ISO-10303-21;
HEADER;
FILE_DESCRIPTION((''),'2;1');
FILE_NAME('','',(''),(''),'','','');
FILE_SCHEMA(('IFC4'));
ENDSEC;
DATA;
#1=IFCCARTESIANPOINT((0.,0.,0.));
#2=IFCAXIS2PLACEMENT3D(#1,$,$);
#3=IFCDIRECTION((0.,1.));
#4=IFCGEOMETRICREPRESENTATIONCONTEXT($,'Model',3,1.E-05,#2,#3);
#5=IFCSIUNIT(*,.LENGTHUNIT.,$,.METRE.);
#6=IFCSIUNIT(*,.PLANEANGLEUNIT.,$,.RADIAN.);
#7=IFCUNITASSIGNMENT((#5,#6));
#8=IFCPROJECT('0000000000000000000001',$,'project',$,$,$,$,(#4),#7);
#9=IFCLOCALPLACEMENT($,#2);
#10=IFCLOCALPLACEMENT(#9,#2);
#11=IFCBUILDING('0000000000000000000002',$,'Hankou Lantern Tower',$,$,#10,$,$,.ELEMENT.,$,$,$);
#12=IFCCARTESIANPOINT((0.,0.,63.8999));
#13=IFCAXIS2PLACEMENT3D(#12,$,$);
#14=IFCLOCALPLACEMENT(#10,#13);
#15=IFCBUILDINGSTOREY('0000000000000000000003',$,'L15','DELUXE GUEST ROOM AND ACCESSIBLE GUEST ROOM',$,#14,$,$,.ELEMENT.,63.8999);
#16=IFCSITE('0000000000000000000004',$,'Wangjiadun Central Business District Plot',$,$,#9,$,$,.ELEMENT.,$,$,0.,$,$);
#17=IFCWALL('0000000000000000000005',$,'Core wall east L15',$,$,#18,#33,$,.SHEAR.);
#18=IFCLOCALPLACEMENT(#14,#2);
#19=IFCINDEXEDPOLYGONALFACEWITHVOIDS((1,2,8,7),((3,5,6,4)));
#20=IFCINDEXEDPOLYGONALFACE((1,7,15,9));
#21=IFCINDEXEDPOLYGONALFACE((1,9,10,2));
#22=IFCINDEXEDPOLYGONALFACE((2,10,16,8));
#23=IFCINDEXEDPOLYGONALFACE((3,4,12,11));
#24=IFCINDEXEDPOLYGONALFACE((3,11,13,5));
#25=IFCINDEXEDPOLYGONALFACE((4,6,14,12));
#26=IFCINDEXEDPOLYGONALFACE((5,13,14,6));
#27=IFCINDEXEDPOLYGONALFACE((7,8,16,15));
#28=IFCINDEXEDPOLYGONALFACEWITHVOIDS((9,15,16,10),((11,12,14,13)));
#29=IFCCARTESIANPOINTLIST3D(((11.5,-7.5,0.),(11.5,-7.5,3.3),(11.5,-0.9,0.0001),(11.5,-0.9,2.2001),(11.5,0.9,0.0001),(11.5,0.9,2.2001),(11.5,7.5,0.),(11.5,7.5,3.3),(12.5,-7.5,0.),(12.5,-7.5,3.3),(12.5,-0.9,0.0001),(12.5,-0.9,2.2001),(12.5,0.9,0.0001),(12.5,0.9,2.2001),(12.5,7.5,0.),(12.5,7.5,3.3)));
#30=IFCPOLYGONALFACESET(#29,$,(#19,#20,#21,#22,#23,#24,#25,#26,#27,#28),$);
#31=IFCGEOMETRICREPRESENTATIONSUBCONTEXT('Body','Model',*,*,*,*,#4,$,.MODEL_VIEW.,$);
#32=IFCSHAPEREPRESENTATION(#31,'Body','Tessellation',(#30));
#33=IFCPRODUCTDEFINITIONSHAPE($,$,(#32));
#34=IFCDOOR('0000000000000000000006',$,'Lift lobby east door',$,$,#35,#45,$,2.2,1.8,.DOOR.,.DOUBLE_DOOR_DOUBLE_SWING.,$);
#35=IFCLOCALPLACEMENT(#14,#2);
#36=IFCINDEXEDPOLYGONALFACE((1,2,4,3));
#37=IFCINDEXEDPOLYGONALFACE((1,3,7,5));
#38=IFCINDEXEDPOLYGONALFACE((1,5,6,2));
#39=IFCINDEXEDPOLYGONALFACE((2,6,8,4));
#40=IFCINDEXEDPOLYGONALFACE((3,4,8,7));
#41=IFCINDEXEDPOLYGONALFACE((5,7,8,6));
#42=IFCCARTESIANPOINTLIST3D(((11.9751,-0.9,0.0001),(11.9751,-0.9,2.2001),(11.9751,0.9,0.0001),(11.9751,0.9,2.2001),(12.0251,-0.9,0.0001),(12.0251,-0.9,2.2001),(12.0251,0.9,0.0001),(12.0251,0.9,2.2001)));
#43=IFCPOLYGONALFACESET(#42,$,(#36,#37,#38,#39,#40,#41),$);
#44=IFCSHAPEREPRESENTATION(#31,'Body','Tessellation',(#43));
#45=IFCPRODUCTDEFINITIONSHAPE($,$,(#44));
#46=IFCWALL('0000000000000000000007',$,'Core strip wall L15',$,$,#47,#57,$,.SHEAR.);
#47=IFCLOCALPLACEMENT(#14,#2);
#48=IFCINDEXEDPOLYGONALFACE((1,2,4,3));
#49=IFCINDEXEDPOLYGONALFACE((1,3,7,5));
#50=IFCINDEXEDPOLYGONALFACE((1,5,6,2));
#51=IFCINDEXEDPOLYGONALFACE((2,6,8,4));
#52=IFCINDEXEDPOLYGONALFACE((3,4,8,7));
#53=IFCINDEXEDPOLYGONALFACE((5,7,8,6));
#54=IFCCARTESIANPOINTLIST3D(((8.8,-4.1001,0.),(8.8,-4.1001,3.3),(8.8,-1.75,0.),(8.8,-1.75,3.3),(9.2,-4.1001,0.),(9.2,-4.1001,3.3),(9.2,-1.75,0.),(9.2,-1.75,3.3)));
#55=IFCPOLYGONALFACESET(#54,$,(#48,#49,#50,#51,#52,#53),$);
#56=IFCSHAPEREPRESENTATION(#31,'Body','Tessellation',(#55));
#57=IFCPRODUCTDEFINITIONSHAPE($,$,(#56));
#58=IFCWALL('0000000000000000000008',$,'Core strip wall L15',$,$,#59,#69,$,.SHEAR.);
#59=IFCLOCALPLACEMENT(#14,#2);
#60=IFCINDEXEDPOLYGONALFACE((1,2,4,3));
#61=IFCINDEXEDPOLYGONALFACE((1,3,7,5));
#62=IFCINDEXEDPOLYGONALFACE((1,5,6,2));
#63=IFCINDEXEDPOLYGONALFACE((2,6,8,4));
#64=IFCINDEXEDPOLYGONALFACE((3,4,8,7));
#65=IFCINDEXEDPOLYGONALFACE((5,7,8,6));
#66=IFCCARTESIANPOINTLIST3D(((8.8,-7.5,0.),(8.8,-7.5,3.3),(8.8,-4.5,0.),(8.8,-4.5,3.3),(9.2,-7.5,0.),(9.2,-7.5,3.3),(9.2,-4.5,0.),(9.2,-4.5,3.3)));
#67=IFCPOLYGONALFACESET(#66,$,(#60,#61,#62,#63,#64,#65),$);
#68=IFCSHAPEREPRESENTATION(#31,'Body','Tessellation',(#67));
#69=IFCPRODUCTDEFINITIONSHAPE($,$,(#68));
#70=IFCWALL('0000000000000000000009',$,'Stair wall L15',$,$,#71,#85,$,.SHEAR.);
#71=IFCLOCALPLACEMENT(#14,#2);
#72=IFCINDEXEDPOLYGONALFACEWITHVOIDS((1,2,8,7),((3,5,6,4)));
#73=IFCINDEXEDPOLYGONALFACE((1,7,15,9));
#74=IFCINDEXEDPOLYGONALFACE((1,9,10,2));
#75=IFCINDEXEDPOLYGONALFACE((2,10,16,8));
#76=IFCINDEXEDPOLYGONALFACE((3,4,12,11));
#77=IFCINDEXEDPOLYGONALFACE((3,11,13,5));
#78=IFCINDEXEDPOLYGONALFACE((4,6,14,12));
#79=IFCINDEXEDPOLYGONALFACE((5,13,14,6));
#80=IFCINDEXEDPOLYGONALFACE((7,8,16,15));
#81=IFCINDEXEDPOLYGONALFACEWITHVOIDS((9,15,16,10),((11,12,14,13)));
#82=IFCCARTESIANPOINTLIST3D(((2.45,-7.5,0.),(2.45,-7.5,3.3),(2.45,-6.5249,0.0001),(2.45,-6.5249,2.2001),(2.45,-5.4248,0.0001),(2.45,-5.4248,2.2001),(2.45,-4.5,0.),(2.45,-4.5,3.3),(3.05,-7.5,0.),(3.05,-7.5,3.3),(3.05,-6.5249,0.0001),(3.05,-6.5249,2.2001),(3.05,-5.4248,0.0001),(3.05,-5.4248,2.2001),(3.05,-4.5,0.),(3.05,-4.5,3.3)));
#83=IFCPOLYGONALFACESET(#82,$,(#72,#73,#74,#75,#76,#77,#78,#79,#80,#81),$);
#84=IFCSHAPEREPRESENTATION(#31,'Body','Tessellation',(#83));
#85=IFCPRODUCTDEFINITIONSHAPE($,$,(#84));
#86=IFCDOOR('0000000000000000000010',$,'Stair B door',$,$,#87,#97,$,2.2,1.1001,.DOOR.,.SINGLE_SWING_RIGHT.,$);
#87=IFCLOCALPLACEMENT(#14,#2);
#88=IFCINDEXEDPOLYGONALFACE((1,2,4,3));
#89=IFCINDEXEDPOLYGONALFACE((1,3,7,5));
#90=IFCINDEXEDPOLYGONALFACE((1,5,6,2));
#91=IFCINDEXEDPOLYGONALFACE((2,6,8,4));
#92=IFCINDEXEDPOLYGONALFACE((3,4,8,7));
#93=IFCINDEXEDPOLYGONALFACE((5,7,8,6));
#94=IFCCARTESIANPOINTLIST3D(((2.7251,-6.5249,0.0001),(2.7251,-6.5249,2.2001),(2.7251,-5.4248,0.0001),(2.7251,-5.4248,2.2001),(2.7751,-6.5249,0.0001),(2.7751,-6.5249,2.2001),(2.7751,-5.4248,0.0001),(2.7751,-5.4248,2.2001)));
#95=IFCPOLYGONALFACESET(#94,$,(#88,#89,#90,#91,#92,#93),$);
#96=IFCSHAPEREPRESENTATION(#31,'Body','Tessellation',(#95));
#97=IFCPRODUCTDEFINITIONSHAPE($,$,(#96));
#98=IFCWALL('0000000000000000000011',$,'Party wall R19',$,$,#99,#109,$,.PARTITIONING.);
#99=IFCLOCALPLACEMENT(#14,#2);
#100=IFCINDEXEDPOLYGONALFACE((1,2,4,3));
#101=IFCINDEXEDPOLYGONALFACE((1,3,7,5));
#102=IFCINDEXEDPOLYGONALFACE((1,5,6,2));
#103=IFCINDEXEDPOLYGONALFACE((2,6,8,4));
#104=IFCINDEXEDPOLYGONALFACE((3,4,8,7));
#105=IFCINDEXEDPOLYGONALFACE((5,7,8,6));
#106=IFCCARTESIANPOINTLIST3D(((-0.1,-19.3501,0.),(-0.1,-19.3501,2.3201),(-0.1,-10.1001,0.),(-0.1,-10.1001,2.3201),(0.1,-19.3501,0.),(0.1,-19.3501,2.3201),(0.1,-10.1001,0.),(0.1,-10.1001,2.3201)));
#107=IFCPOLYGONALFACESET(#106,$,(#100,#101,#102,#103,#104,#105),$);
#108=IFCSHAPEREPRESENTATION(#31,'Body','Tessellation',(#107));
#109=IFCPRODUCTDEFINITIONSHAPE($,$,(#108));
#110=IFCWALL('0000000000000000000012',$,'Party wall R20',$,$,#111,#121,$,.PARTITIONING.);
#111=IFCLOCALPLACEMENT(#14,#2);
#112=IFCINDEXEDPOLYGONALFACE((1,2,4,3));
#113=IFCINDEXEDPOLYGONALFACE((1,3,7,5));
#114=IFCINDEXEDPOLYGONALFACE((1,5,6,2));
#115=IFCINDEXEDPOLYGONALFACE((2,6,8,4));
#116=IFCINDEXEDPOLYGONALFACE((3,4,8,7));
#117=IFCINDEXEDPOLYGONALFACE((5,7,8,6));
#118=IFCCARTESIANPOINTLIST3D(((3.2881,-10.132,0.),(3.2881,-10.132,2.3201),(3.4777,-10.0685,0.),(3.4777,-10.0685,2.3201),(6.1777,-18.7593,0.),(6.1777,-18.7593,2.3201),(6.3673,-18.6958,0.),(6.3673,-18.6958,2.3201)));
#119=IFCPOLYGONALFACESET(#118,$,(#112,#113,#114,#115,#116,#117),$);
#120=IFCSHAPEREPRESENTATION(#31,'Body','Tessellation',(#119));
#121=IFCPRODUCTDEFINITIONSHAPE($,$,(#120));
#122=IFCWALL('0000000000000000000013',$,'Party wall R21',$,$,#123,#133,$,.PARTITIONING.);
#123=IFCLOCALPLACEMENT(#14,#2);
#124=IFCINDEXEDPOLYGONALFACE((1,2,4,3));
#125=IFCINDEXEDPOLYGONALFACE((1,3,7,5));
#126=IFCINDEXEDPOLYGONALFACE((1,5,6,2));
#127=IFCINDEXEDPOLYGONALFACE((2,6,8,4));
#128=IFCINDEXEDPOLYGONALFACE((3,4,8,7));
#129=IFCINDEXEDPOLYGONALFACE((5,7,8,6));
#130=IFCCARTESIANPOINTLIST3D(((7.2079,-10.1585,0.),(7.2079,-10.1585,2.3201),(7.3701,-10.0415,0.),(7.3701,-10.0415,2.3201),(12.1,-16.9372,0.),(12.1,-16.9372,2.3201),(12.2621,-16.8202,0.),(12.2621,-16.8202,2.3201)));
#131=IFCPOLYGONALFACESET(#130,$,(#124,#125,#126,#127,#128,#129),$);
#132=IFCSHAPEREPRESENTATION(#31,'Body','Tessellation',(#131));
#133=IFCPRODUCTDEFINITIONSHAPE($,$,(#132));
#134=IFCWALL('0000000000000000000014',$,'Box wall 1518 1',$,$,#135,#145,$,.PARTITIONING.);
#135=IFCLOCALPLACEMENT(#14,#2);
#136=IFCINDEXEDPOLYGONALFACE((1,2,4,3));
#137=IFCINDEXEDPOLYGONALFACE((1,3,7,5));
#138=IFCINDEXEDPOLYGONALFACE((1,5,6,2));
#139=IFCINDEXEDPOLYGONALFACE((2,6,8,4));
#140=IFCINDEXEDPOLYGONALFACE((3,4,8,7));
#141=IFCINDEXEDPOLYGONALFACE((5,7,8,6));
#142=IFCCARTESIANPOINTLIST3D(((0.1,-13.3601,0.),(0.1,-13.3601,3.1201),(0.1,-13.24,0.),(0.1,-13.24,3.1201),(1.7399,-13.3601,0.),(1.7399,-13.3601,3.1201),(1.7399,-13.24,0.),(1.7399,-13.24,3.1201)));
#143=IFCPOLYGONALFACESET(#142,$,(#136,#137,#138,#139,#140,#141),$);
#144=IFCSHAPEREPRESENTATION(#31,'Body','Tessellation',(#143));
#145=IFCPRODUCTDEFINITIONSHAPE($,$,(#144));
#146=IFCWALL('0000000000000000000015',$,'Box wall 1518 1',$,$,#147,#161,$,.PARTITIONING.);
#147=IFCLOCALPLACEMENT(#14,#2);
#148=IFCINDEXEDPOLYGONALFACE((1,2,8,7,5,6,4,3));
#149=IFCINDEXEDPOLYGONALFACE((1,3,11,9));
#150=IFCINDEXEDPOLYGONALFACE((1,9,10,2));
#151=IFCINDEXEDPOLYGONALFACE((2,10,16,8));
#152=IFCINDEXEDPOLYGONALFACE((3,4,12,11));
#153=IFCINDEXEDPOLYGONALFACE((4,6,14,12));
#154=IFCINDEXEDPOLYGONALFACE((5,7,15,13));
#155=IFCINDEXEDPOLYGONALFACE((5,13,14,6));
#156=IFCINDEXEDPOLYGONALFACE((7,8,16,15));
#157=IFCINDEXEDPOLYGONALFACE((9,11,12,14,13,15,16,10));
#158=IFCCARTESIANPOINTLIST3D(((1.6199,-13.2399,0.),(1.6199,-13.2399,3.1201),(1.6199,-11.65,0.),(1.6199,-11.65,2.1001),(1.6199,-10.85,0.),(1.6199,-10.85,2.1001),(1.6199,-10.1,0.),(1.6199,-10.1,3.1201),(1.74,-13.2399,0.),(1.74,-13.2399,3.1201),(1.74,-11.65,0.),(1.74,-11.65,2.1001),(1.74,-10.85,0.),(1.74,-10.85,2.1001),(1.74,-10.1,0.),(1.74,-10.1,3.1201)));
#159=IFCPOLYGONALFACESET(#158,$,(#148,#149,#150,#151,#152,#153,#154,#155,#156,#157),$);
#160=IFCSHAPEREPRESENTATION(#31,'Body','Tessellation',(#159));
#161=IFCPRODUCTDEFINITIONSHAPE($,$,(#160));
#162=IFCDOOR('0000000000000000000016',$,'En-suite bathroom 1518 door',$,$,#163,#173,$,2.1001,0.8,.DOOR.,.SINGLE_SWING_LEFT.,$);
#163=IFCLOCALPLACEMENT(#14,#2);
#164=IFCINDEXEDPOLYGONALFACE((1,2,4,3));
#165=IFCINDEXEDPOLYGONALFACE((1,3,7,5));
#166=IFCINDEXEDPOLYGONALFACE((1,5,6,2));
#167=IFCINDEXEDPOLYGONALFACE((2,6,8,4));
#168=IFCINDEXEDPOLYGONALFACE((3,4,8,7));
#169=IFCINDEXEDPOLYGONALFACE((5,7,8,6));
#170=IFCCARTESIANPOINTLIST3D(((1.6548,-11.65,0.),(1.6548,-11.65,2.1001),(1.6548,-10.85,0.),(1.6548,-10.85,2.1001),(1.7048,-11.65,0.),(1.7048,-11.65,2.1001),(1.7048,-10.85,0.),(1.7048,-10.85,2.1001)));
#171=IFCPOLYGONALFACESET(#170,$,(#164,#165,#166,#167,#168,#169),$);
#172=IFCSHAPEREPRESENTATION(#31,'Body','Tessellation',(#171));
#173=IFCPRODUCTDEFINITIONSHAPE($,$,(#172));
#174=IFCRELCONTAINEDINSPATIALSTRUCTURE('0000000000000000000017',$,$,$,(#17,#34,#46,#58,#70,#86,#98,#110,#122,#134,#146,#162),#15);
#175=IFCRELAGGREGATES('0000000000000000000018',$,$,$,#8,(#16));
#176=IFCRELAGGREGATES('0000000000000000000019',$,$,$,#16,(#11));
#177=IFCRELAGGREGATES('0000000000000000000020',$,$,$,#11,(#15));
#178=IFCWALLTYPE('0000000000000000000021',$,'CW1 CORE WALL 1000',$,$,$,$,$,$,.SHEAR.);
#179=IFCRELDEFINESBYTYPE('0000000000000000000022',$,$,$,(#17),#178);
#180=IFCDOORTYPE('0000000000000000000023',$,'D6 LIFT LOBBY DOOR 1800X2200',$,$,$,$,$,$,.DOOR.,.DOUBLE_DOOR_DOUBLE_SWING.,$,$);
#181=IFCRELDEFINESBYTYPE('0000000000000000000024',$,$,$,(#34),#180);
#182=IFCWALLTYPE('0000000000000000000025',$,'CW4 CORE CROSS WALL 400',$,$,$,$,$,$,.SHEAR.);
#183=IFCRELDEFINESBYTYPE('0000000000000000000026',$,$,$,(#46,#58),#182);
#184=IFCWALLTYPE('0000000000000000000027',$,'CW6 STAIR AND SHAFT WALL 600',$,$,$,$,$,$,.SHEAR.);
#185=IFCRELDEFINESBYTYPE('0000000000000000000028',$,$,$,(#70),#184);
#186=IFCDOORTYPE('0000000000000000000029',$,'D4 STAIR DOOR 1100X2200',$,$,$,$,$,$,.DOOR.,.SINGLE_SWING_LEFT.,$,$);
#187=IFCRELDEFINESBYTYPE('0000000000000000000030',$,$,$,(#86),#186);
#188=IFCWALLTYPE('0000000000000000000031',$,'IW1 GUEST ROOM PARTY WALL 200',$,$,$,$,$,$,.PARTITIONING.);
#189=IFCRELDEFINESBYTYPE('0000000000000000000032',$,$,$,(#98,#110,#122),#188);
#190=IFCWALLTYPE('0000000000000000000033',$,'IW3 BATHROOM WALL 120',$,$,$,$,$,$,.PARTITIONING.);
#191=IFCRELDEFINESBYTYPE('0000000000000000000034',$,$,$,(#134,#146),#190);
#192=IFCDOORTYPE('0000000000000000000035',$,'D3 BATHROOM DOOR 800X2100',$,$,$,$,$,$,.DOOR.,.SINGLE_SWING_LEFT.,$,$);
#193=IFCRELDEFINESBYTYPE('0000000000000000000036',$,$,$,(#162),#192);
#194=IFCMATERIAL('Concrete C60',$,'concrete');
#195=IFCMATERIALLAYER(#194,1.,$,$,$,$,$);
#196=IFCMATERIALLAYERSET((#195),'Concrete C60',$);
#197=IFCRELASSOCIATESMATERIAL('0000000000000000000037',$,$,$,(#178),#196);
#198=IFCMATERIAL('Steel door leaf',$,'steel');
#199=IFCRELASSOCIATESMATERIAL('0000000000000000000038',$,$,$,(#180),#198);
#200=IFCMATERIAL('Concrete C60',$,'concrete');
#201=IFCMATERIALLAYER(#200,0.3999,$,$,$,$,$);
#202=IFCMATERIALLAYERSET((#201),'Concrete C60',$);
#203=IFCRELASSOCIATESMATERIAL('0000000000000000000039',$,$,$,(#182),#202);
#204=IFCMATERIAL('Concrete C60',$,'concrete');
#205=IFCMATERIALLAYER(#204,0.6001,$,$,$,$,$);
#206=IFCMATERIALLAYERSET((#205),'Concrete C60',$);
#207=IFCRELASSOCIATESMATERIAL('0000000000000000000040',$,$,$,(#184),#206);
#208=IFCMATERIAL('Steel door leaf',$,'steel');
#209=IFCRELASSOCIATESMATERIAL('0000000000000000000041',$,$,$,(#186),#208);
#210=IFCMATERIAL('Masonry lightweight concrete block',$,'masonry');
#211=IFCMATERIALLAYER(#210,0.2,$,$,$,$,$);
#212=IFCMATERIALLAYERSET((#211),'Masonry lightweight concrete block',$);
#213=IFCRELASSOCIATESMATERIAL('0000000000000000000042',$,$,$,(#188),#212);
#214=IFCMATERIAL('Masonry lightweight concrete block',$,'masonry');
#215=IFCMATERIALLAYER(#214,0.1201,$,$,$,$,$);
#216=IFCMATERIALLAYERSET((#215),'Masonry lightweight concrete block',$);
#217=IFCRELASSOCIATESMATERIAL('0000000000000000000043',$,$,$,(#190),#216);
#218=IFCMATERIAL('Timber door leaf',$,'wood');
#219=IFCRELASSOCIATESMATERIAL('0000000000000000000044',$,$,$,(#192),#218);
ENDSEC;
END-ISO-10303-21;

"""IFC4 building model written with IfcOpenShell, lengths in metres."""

from ifc_helpers import new_model, si_unit, direction, frame, frame_2d, origin, place, context, subcontext, project, spatial, rectangle, extrude, material, layer, layer_set, type_object, element, fill, save


model = new_model("IFC4")

# Units and contexts
model_context = context("Model", 3, precision=1e-05, world=origin(), true_north=direction((0.0, 1.0)))
body_context = subcontext(model_context, "Body", "Model", "MODEL_VIEW")
ifc_project = project(units=[si_unit("LENGTHUNIT", "METRE"), si_unit("PLANEANGLEUNIT", "RADIAN")], contexts=[model_context])

# Site, building, storey
site_placement = place(None, origin())
site = spatial("IfcSite", under=ifc_project, at=site_placement, Name="Wangjiadun Central Business District Plot", CompositionType="ELEMENT", RefElevation=0.0)
building_placement = place(site_placement, origin())
building = spatial("IfcBuilding", under=site, at=building_placement, Name="Hankou Lantern Tower", CompositionType="ELEMENT")
storey_placement = place(building_placement, frame((0.0, 0.0, 63.8999)))
storey = spatial("IfcBuildingStorey", under=building, at=storey_placement, Name="L15", Description="DELUXE GUEST ROOM AND ACCESSIBLE GUEST ROOM", CompositionType="ELEMENT", Elevation=63.8999)

# Wall, opening, door
ifc_material_1 = material(Name="Concrete C60", Category="concrete")
ifc_layer_1 = layer(ifc_material_1, 1.0)
ifc_layer_set_1 = layer_set([ifc_layer_1], Name="Concrete C60")
wall_type_1 = type_object("IfcWallType", Name="CW1 CORE WALL 1000", PredefinedType="SHEAR", material=ifc_layer_set_1)
wall_1_placement = place(storey_placement, frame((12.0, -7.5, 0.0), z_axis=(0.0, 0.0, 1.0), x_axis=(0.0, 1.0, 0.0)))
wall_1 = element("IfcWall", 1, at=wall_1_placement, inside=storey, type_object=wall_type_1, Name="Core wall east L15", PredefinedType="SHEAR", context=body_context, shape_type="SweptSolid", body=[
    extrude(rectangle(XDim=15.0, YDim=1.0, at=frame_2d((7.5, 0.0))), origin(), (0.0, 0.0, 1.0), 3.3),
])
opening_1_placement = place(wall_1_placement, frame((6.6001, 0.0, 0.0)))
opening_1 = element("IfcOpeningElement", 2, at=opening_1_placement, cuts=wall_1, PredefinedType="OPENING", context=body_context, shape_type="SweptSolid", body=[
    extrude(rectangle(XDim=1.8, YDim=2.2, at=frame_2d((0.8999, 1.1001))), frame((0.0, 0.51, 0.0), z_axis=(0.0, -1.0, 0.0), x_axis=(1.0, 0.0, 0.0)), (0.0, 0.0, 1.0), 1.02),
])
ifc_material_2 = material(Name="Steel door leaf", Category="steel")
door_type_1 = type_object("IfcDoorType", Name="D6 LIFT LOBBY DOOR 1800X2200", OperationType="DOUBLE_DOOR_DOUBLE_SWING", PredefinedType="DOOR", material=ifc_material_2)
door_1_placement = place(opening_1_placement, origin())
door_1 = element("IfcDoor", 3, at=door_1_placement, inside=storey, type_object=door_type_1, Name="Lift lobby east door", OperationType="DOUBLE_DOOR_DOUBLE_SWING", OverallHeight=2.2, OverallWidth=1.8, PredefinedType="DOOR", context=body_context, shape_type="SweptSolid", body=[
    extrude(rectangle(XDim=1.8, YDim=2.2, at=frame_2d((0.8999, 1.1001))), frame((0.0, 0.0249, 0.0), z_axis=(0.0, -1.0, 0.0), x_axis=(1.0, 0.0, 0.0)), (0.0, 0.0, 1.0), 0.05),
])
fill(opening_1, door_1)

# Walls
ifc_material_3 = material(Name="Concrete C60", Category="concrete")
ifc_layer_2 = layer(ifc_material_3, 0.3999)
ifc_layer_set_2 = layer_set([ifc_layer_2], Name="Concrete C60")
wall_type_2 = type_object("IfcWallType", Name="CW4 CORE CROSS WALL 400", PredefinedType="SHEAR", material=ifc_layer_set_2)
wall_2_placement = place(storey_placement, frame((9.0, -4.1001, 0.0), z_axis=(0.0, 0.0, 1.0), x_axis=(0.0, 1.0, 0.0)))
element("IfcWall", 4, at=wall_2_placement, inside=storey, type_object=wall_type_2, Name="Core strip wall L15", PredefinedType="SHEAR", context=body_context, shape_type="SweptSolid", body=[
    extrude(rectangle(XDim=2.3501, YDim=0.3999, at=frame_2d((1.175, 0.0))), origin(), (0.0, 0.0, 1.0), 3.3),
])
wall_3_placement = place(storey_placement, frame((9.0, -7.5, 0.0), z_axis=(0.0, 0.0, 1.0), x_axis=(0.0, 1.0, 0.0)))
element("IfcWall", 5, at=wall_3_placement, inside=storey, type_object=wall_type_2, Name="Core strip wall L15", PredefinedType="SHEAR", context=body_context, shape_type="SweptSolid", body=[
    extrude(rectangle(XDim=3.0, YDim=0.3999, at=frame_2d((1.5, 0.0))), origin(), (0.0, 0.0, 1.0), 3.3),
])

# Wall, opening, door
ifc_material_4 = material(Name="Concrete C60", Category="concrete")
ifc_layer_3 = layer(ifc_material_4, 0.6001)
ifc_layer_set_3 = layer_set([ifc_layer_3], Name="Concrete C60")
wall_type_3 = type_object("IfcWallType", Name="CW6 STAIR AND SHAFT WALL 600", PredefinedType="SHEAR", material=ifc_layer_set_3)
wall_4_placement = place(storey_placement, frame((2.75, -7.5, 0.0), z_axis=(0.0, 0.0, 1.0), x_axis=(0.0, 1.0, 0.0)))
wall_4 = element("IfcWall", 6, at=wall_4_placement, inside=storey, type_object=wall_type_3, Name="Stair wall L15", PredefinedType="SHEAR", context=body_context, shape_type="SweptSolid", body=[
    extrude(rectangle(XDim=3.0, YDim=0.6001, at=frame_2d((1.5, 0.0))), origin(), (0.0, 0.0, 1.0), 3.3),
])
opening_2_placement = place(wall_4_placement, frame((0.9751, 0.0, 0.0)))
opening_2 = element("IfcOpeningElement", 7, at=opening_2_placement, cuts=wall_4, PredefinedType="OPENING", context=body_context, shape_type="SweptSolid", body=[
    extrude(rectangle(XDim=1.1001, YDim=2.2, at=frame_2d((0.55, 1.1001))), frame((0.0, 0.3101, 0.0), z_axis=(0.0, -1.0, 0.0), x_axis=(1.0, 0.0, 0.0)), (0.0, 0.0, 1.0), 0.6201),
])
ifc_material_5 = material(Name="Steel door leaf", Category="steel")
door_type_2 = type_object("IfcDoorType", Name="D4 STAIR DOOR 1100X2200", OperationType="SINGLE_SWING_LEFT", PredefinedType="DOOR", material=ifc_material_5)
door_2_placement = place(opening_2_placement, origin())
door_2 = element("IfcDoor", 8, at=door_2_placement, inside=storey, type_object=door_type_2, Name="Stair B door", OperationType="SINGLE_SWING_RIGHT", OverallHeight=2.2, OverallWidth=1.1001, PredefinedType="DOOR", context=body_context, shape_type="SweptSolid", body=[
    extrude(rectangle(XDim=1.1001, YDim=2.2, at=frame_2d((0.55, 1.1001))), frame((0.0, 0.0249, 0.0), z_axis=(0.0, -1.0, 0.0), x_axis=(1.0, 0.0, 0.0)), (0.0, 0.0, 1.0), 0.05),
])
fill(opening_2, door_2)

# Walls
ifc_material_6 = material(Name="Masonry lightweight concrete block", Category="masonry")
ifc_layer_4 = layer(ifc_material_6, 0.2)
ifc_layer_set_4 = layer_set([ifc_layer_4], Name="Masonry lightweight concrete block")
wall_type_4 = type_object("IfcWallType", Name="IW1 GUEST ROOM PARTY WALL 200", PredefinedType="PARTITIONING", material=ifc_layer_set_4)
wall_5_placement = place(storey_placement, frame((0.0, -10.1001, 0.0), z_axis=(0.0, 0.0, 1.0), x_axis=(0.0, -1.0, 0.0)))
element("IfcWall", 9, at=wall_5_placement, inside=storey, type_object=wall_type_4, Name="Party wall R19", PredefinedType="PARTITIONING", context=body_context, shape_type="SweptSolid", body=[
    extrude(rectangle(XDim=9.25, YDim=0.2, at=frame_2d((4.625, 0.0))), origin(), (0.0, 0.0, 1.0), 2.3201),
])
wall_6_placement = place(storey_placement, frame((3.3828, -10.1001, 0.0), z_axis=(0.0, 0.0, 1.0), x_axis=(0.317596, -0.948226, 0.0)))
element("IfcWall", 10, at=wall_6_placement, inside=storey, type_object=wall_type_4, Name="Party wall R20", PredefinedType="PARTITIONING", context=body_context, shape_type="SweptSolid", body=[
    extrude(rectangle(XDim=9.0984, YDim=0.2, at=frame_2d((4.5493, 0.0))), origin(), (0.0, 0.0, 1.0), 2.3201),
])
wall_7_placement = place(storey_placement, frame((7.2891, -10.1001, 0.0), z_axis=(0.0, 0.0, 1.0), x_axis=(0.585198, -0.81089, 0.0)))
element("IfcWall", 11, at=wall_7_placement, inside=storey, type_object=wall_type_4, Name="Party wall R21", PredefinedType="PARTITIONING", context=body_context, shape_type="SweptSolid", body=[
    extrude(rectangle(XDim=8.3596, YDim=0.2, at=frame_2d((4.1797, 0.0))), origin(), (0.0, 0.0, 1.0), 2.3201),
])
ifc_material_7 = material(Name="Masonry lightweight concrete block", Category="masonry")
ifc_layer_5 = layer(ifc_material_7, 0.1201)
ifc_layer_set_5 = layer_set([ifc_layer_5], Name="Masonry lightweight concrete block")
wall_type_5 = type_object("IfcWallType", Name="IW3 BATHROOM WALL 120", PredefinedType="PARTITIONING", material=ifc_layer_set_5)
wall_8_placement = place(storey_placement, frame((0.1001, -13.3, 0.0), z_axis=(0.0, 0.0, 1.0), x_axis=(1.0, 0.0, 0.0)))
element("IfcWall", 12, at=wall_8_placement, inside=storey, type_object=wall_type_5, Name="Box wall 1518 1", PredefinedType="PARTITIONING", context=body_context, shape_type="SweptSolid", body=[
    extrude(rectangle(XDim=1.6399, YDim=0.1201, at=frame_2d((0.8198, 0.0))), origin(), (0.0, 0.0, 1.0), 3.1201),
])

# Wall, opening, door
wall_9_placement = place(storey_placement, frame((1.6799, -10.1001, 0.0), z_axis=(0.0, 0.0, 1.0), x_axis=(0.0, -1.0, 0.0)))
wall_9 = element("IfcWall", 13, at=wall_9_placement, inside=storey, type_object=wall_type_5, Name="Box wall 1518 1", PredefinedType="PARTITIONING", context=body_context, shape_type="SweptSolid", body=[
    extrude(rectangle(XDim=3.1399, YDim=0.1201, at=frame_2d((1.5698, 0.0))), origin(), (0.0, 0.0, 1.0), 3.1201),
])
opening_3_placement = place(wall_9_placement, frame((0.75, 0.0, 0.0)))
opening_3 = element("IfcOpeningElement", 14, at=opening_3_placement, cuts=wall_9, PredefinedType="OPENING", context=body_context, shape_type="SweptSolid", body=[
    extrude(rectangle(XDim=0.8, YDim=2.1001, at=frame_2d((0.3999, 1.05))), frame((0.0, 0.0701, 0.0), z_axis=(0.0, -1.0, 0.0), x_axis=(1.0, 0.0, 0.0)), (0.0, 0.0, 1.0), 0.1401),
])
ifc_material_8 = material(Name="Timber door leaf", Category="wood")
door_type_3 = type_object("IfcDoorType", Name="D3 BATHROOM DOOR 800X2100", OperationType="SINGLE_SWING_LEFT", PredefinedType="DOOR", material=ifc_material_8)
door_3_placement = place(opening_3_placement, origin())
door_3 = element("IfcDoor", 15, at=door_3_placement, inside=storey, type_object=door_type_3, Name="En-suite bathroom 1518 door", OperationType="SINGLE_SWING_LEFT", OverallHeight=2.1001, OverallWidth=0.8, PredefinedType="DOOR", context=body_context, shape_type="SweptSolid", body=[
    extrude(rectangle(XDim=0.8, YDim=2.1001, at=frame_2d((0.3999, 1.05))), frame((0.0, 0.0249, 0.0), z_axis=(0.0, -1.0, 0.0), x_axis=(1.0, 0.0, 0.0)), (0.0, 0.0, 1.0), 0.05),
])
fill(opening_3, door_3)

save(model, "model.ifc")
